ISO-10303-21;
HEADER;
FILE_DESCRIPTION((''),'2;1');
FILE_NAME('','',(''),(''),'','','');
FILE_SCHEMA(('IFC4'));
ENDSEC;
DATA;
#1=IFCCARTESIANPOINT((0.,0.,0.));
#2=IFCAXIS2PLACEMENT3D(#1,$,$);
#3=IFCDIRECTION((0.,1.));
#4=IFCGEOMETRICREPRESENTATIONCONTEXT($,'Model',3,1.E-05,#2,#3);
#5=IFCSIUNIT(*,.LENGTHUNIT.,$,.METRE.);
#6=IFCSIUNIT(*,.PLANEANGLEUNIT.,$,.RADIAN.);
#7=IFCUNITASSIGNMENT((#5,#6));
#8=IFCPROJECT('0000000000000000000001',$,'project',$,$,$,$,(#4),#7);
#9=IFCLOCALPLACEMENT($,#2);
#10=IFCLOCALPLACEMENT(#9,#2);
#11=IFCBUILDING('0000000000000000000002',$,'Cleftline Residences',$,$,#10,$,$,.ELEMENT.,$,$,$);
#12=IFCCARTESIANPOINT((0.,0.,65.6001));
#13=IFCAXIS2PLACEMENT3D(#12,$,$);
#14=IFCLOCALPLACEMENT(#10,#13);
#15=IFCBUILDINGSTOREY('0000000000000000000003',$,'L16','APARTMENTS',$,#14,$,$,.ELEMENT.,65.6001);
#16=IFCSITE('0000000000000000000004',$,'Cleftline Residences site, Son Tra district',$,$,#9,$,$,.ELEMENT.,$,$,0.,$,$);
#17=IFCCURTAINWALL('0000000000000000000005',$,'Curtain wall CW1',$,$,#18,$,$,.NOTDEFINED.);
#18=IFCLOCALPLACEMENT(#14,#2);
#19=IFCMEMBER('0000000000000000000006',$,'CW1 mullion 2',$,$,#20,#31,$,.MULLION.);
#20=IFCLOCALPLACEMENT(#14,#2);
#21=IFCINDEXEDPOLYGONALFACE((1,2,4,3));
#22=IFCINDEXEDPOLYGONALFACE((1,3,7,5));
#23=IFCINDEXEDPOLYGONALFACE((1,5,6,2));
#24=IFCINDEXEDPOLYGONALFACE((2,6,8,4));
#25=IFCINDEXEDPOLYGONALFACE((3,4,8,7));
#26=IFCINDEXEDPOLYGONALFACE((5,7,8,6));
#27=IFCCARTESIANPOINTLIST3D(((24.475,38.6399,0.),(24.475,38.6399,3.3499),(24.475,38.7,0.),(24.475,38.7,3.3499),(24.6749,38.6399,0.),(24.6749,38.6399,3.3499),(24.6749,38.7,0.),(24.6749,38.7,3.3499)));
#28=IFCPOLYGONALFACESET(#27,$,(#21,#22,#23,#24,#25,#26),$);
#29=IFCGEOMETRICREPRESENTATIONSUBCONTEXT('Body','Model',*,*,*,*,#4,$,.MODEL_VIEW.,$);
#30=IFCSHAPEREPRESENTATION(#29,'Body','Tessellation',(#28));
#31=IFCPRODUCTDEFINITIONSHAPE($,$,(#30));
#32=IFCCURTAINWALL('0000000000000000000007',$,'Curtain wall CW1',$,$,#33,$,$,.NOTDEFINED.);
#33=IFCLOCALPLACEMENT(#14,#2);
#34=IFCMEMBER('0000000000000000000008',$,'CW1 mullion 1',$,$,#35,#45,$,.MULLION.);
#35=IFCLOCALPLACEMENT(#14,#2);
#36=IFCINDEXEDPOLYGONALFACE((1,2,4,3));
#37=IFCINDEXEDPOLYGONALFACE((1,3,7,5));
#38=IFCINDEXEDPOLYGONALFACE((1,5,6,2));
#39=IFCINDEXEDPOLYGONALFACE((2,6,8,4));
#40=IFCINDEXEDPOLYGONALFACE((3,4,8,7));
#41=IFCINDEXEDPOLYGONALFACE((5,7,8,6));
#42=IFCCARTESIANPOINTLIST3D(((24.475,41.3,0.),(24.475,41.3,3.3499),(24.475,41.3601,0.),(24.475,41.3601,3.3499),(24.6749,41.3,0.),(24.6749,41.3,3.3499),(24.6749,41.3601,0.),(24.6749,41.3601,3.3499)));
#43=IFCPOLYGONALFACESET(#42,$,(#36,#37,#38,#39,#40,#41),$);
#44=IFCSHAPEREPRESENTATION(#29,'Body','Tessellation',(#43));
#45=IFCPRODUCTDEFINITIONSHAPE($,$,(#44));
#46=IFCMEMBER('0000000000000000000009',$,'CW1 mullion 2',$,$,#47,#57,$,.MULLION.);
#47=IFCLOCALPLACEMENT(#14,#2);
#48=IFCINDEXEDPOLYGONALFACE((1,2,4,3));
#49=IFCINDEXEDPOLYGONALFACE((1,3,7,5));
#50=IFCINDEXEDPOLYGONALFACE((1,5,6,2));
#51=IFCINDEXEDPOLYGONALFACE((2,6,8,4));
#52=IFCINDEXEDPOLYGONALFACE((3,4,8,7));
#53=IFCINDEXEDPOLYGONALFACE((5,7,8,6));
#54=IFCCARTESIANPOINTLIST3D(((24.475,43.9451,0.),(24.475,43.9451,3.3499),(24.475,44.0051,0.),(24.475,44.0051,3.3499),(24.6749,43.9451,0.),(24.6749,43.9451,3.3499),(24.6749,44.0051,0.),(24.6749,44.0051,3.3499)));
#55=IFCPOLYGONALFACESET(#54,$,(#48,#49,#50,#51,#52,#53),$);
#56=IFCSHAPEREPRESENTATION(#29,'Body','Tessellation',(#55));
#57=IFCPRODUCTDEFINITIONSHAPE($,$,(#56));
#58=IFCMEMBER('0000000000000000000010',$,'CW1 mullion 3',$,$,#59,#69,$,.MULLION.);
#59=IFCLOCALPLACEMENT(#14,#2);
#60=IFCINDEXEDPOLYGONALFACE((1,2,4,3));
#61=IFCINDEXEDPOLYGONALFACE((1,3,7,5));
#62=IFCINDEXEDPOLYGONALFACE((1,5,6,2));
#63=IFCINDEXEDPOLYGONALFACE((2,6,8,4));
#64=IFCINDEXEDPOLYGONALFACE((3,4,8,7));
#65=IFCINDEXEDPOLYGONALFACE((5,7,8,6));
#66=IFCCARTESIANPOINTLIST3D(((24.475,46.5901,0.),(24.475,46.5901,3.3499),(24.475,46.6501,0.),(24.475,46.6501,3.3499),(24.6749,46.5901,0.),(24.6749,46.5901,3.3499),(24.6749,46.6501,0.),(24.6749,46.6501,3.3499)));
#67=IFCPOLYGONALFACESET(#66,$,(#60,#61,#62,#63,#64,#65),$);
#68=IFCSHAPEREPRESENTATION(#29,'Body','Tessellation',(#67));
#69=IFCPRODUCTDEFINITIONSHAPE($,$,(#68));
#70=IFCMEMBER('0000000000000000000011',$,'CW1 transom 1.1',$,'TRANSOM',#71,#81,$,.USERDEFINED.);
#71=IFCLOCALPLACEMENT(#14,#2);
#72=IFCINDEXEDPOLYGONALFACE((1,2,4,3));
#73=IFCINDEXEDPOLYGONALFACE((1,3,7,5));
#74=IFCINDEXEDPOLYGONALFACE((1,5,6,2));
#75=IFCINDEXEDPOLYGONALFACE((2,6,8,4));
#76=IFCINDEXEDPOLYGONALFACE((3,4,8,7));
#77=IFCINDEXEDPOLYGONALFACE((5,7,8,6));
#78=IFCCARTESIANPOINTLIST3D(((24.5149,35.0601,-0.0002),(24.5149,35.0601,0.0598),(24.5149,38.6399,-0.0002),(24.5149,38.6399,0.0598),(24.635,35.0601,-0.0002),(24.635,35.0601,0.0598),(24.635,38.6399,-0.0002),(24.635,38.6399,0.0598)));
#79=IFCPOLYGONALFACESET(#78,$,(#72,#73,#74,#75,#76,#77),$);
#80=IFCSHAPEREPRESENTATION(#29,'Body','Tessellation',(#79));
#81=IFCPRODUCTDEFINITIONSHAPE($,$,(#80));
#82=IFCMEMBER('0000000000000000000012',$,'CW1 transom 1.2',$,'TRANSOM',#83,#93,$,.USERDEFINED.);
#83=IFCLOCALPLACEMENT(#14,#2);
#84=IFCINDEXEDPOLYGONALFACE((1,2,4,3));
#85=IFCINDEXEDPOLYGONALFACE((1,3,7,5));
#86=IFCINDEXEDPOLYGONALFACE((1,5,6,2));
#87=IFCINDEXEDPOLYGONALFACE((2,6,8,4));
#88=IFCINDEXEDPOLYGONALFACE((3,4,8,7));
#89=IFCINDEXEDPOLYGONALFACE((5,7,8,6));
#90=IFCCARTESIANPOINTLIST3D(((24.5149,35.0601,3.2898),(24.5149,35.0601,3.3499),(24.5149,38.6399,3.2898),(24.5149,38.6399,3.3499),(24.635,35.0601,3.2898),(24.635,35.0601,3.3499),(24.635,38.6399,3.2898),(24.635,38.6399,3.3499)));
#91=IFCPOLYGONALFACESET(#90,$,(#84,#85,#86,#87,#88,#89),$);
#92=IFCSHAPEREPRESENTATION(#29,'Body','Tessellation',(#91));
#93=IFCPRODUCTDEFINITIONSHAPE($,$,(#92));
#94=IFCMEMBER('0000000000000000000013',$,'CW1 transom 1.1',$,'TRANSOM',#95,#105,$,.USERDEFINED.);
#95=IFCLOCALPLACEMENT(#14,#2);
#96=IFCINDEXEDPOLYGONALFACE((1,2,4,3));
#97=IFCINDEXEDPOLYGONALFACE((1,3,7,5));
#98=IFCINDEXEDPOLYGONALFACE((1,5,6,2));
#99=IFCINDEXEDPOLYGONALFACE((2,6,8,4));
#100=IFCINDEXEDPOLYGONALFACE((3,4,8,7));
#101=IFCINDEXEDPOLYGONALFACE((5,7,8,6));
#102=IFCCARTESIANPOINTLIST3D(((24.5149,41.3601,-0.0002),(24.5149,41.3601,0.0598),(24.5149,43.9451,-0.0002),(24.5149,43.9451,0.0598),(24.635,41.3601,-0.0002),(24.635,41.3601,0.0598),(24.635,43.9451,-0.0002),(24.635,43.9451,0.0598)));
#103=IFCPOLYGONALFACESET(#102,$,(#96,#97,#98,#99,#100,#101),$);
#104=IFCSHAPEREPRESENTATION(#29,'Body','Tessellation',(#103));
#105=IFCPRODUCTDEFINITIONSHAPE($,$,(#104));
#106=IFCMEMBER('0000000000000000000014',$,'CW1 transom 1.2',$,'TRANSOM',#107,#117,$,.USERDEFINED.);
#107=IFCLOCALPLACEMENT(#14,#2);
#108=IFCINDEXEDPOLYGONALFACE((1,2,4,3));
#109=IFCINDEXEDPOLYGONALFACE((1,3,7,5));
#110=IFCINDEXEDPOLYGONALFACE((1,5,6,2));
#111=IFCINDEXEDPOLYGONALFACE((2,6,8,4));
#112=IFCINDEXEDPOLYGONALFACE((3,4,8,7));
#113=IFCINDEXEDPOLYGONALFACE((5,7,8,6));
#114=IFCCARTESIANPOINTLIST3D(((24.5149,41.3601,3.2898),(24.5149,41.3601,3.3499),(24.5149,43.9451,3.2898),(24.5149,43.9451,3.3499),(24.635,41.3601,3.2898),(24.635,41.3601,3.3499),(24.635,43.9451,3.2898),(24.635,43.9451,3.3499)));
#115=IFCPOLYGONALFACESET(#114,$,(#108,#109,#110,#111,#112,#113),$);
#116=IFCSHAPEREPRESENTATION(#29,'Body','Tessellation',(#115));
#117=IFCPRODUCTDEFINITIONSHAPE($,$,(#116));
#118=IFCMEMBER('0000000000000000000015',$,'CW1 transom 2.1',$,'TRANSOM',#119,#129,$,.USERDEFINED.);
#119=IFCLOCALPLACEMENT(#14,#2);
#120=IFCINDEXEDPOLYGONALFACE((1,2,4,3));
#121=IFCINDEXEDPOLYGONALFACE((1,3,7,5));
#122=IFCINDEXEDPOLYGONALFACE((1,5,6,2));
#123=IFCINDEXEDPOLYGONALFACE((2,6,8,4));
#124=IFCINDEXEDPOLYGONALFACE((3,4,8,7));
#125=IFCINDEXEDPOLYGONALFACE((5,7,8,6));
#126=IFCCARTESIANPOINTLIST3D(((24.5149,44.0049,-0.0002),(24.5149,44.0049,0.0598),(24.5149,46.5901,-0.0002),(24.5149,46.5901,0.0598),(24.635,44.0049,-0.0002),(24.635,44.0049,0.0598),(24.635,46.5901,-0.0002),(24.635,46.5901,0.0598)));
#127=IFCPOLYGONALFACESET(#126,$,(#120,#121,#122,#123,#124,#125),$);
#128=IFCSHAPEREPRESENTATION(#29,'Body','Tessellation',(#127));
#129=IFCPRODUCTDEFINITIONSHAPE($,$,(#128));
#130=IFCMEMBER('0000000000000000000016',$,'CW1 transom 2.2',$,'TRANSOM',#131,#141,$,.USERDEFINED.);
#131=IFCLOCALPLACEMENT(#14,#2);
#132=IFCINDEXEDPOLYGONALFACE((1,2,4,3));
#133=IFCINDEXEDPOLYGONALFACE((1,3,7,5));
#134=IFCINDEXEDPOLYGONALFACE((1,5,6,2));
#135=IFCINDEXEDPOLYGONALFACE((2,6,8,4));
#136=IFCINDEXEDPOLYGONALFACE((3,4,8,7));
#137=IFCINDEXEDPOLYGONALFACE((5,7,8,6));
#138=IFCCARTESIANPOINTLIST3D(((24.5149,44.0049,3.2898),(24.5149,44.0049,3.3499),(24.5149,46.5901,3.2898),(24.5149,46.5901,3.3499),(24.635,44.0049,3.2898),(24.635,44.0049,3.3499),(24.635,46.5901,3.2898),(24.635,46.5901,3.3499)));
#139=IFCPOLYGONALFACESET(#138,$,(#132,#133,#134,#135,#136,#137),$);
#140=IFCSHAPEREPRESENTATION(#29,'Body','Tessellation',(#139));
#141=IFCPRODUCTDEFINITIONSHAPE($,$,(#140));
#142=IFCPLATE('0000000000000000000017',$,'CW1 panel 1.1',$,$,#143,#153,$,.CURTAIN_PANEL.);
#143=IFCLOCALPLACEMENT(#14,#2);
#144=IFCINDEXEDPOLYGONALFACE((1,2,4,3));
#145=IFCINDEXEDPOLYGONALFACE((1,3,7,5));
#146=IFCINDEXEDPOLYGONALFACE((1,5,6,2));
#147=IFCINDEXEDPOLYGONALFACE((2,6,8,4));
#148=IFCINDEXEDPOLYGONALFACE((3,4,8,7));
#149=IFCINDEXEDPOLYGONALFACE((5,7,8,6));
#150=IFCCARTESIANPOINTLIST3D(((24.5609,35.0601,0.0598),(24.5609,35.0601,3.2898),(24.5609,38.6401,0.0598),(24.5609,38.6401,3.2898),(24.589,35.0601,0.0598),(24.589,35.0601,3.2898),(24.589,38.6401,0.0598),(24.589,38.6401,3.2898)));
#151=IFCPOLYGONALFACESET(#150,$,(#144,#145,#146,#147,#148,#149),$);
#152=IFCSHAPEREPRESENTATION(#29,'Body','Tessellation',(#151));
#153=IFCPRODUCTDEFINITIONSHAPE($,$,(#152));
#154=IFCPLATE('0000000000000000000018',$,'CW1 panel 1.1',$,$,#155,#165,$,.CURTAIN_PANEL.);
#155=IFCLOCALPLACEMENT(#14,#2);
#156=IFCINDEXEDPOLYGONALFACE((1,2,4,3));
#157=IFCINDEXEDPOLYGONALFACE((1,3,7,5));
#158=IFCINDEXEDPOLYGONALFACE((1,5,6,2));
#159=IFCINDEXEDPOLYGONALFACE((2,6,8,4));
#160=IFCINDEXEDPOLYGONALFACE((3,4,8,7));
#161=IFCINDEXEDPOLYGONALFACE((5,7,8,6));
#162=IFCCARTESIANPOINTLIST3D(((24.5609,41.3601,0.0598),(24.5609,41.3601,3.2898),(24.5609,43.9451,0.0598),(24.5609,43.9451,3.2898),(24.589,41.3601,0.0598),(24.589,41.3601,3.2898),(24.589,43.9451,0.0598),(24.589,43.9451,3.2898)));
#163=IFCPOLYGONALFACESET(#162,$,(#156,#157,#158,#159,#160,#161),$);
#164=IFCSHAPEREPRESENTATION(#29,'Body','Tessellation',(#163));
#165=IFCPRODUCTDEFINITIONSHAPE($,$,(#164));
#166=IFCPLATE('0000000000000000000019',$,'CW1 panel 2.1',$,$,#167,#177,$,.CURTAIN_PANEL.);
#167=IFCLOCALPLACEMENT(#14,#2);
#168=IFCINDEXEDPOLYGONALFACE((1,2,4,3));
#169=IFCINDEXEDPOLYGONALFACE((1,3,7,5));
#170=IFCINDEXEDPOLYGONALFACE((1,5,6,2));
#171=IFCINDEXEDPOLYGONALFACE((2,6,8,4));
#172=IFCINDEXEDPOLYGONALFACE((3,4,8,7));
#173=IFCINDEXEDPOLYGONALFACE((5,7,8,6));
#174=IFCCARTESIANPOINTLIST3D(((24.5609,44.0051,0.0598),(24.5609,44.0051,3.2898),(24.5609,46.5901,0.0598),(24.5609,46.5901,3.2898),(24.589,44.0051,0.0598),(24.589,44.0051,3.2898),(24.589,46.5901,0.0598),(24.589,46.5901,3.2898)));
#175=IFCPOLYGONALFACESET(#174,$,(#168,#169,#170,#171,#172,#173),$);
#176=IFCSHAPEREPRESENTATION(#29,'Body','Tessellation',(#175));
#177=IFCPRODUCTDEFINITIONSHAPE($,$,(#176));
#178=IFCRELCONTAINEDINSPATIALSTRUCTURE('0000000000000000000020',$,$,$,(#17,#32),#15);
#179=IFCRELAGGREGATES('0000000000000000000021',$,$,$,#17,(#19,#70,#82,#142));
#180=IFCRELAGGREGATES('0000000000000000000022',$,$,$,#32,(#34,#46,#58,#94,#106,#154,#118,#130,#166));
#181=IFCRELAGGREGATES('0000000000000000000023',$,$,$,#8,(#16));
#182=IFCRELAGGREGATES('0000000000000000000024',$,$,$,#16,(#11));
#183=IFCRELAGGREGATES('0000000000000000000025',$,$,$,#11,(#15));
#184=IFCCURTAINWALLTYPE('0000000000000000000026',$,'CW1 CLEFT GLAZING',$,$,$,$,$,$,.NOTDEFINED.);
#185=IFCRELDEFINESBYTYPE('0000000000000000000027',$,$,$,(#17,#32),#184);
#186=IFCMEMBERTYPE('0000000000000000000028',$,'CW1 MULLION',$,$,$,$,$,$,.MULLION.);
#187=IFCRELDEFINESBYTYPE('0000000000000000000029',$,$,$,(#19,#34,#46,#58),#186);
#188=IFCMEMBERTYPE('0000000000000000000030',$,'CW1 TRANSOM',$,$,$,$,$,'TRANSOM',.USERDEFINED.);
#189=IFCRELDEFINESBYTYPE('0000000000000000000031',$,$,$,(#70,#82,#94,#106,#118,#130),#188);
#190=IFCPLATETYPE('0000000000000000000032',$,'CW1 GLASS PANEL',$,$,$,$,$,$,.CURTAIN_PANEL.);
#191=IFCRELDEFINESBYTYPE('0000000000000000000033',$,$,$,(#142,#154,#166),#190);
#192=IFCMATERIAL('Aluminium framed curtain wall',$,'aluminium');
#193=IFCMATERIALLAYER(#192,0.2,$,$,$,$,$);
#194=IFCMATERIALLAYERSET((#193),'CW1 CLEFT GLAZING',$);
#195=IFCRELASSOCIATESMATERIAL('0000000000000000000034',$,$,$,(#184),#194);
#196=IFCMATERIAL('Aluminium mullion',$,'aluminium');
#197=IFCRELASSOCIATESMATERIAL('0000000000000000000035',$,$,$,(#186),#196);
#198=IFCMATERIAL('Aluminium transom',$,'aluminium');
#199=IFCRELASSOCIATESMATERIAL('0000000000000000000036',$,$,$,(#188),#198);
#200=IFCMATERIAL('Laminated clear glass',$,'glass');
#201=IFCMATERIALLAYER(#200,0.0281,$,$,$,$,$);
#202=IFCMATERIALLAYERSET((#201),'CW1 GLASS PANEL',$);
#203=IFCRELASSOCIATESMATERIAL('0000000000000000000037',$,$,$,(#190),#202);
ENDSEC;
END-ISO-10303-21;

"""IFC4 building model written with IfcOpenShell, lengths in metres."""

from ifc_helpers import new_model, si_unit, direction, frame, origin, origin_2d, place, context, subcontext, project, spatial, rectangle, extrude, material, layer, layer_set, material_profile, profile_set, type_object, element, aggregate, save


model = new_model("IFC4")

# Units and contexts
model_context = context("Model", 3, precision=1e-05, world=origin(), true_north=direction((0.0, 1.0)))
body_context = subcontext(model_context, "Body", "Model", "MODEL_VIEW")
ifc_project = project(units=[si_unit("LENGTHUNIT", "METRE"), si_unit("PLANEANGLEUNIT", "RADIAN")], contexts=[model_context])

# Site, building, storey
site_placement = place(None, origin())
site = spatial("IfcSite", under=ifc_project, at=site_placement, Name="Cleftline Residences site, Son Tra district", CompositionType="ELEMENT", RefElevation=0.0)
building_placement = place(site_placement, origin())
building = spatial("IfcBuilding", under=site, at=building_placement, Name="Cleftline Residences", CompositionType="ELEMENT")
storey_placement = place(building_placement, frame((0.0, 0.0, 65.6001)))
storey = spatial("IfcBuildingStorey", under=building, at=storey_placement, Name="L16", Description="APARTMENTS", CompositionType="ELEMENT", Elevation=65.6001)

# Curtain wall, member
ifc_material_1 = material(Name="Aluminium framed curtain wall", Category="aluminium")
ifc_layer_1 = layer(ifc_material_1, 0.2)
ifc_layer_set_1 = layer_set([ifc_layer_1], Name="CW1 CLEFT GLAZING")
curtain_wall_type = type_object("IfcCurtainWallType", Name="CW1 CLEFT GLAZING", PredefinedType="NOTDEFINED", material=ifc_layer_set_1)
curtain_wall_1_placement = place(storey_placement, origin())
curtain_wall_1 = element("IfcCurtainWall", 1, at=curtain_wall_1_placement, inside=storey, type_object=curtain_wall_type, Name="Curtain wall CW1", PredefinedType="NOTDEFINED")
ifc_material_2 = material(Name="Aluminium mullion", Category="aluminium")
ifc_material_profile_1 = material_profile(ifc_material_2, rectangle(XDim=0.2, YDim=0.0601, at=origin_2d()))
ifc_profile_set_1 = profile_set([ifc_material_profile_1], Name="Aluminium mullion")
member_type_1 = type_object("IfcMemberType", Name="CW1 MULLION", PredefinedType="MULLION", material=ifc_profile_set_1)
member_1_placement = place(storey_placement, frame((24.575, 38.6699, 0.0), z_axis=(0.0, 0.0, 1.0), x_axis=(-1.0, 0.0, 0.0)))
member_1 = element("IfcMember", 2, at=member_1_placement, type_object=member_type_1, Name="CW1 mullion 2", PredefinedType="MULLION", context=body_context, shape_type="SweptSolid", body=[
    extrude(rectangle(XDim=0.2, YDim=0.0601, at=origin_2d()), origin(), (0.0, 0.0, 1.0), 3.3499),
])

# Curtain wall, members
curtain_wall_2_placement = place(storey_placement, origin())
curtain_wall_2 = element("IfcCurtainWall", 3, at=curtain_wall_2_placement, inside=storey, type_object=curtain_wall_type, Name="Curtain wall CW1", PredefinedType="NOTDEFINED")
member_2_placement = place(storey_placement, frame((24.575, 41.3301, 0.0), z_axis=(0.0, 0.0, 1.0), x_axis=(-1.0, 0.0, 0.0)))
member_2 = element("IfcMember", 4, at=member_2_placement, type_object=member_type_1, Name="CW1 mullion 1", PredefinedType="MULLION", context=body_context, shape_type="SweptSolid", body=[
    extrude(rectangle(XDim=0.2, YDim=0.0601, at=origin_2d()), origin(), (0.0, 0.0, 1.0), 3.3499),
])
member_3_placement = place(storey_placement, frame((24.575, 43.9751, 0.0), z_axis=(0.0, 0.0, 1.0), x_axis=(-1.0, 0.0, 0.0)))
member_3 = element("IfcMember", 5, at=member_3_placement, type_object=member_type_1, Name="CW1 mullion 2", PredefinedType="MULLION", context=body_context, shape_type="SweptSolid", body=[
    extrude(rectangle(XDim=0.2, YDim=0.0601, at=origin_2d()), origin(), (0.0, 0.0, 1.0), 3.3499),
])
member_4_placement = place(storey_placement, frame((24.575, 46.6201, 0.0), z_axis=(0.0, 0.0, 1.0), x_axis=(-1.0, 0.0, 0.0)))
member_4 = element("IfcMember", 6, at=member_4_placement, type_object=member_type_1, Name="CW1 mullion 3", PredefinedType="MULLION", context=body_context, shape_type="SweptSolid", body=[
    extrude(rectangle(XDim=0.2, YDim=0.0601, at=origin_2d()), origin(), (0.0, 0.0, 1.0), 3.3499),
])

# Members
ifc_material_3 = material(Name="Aluminium transom", Category="aluminium")
ifc_material_profile_2 = material_profile(ifc_material_3, rectangle(XDim=0.1201, YDim=0.0601, at=origin_2d()))
ifc_profile_set_2 = profile_set([ifc_material_profile_2], Name="Aluminium transom")
member_type_2 = type_object("IfcMemberType", Name="CW1 TRANSOM", ElementType="TRANSOM", PredefinedType="USERDEFINED", material=ifc_profile_set_2)
member_5_placement = place(storey_placement, frame((24.575, 35.0601, 0.0298), z_axis=(0.0, 1.0, 0.0), x_axis=(-1.0, 0.0, 0.0)))
member_5 = element("IfcMember", 7, at=member_5_placement, type_object=member_type_2, Name="CW1 transom 1.1", ObjectType="TRANSOM", PredefinedType="USERDEFINED", context=body_context, shape_type="SweptSolid", body=[
    extrude(rectangle(XDim=0.1201, YDim=0.0601, at=origin_2d()), origin(), (0.0, 0.0, 1.0), 3.5798),
])
member_6_placement = place(storey_placement, frame((24.575, 35.0601, 3.3198), z_axis=(0.0, 1.0, 0.0), x_axis=(-1.0, 0.0, 0.0)))
member_6 = element("IfcMember", 8, at=member_6_placement, type_object=member_type_2, Name="CW1 transom 1.2", ObjectType="TRANSOM", PredefinedType="USERDEFINED", context=body_context, shape_type="SweptSolid", body=[
    extrude(rectangle(XDim=0.1201, YDim=0.0601, at=origin_2d()), origin(), (0.0, 0.0, 1.0), 3.5798),
])
member_7_placement = place(storey_placement, frame((24.575, 41.3601, 0.0298), z_axis=(0.0, 1.0, 0.0), x_axis=(-1.0, 0.0, 0.0)))
member_7 = element("IfcMember", 9, at=member_7_placement, type_object=member_type_2, Name="CW1 transom 1.1", ObjectType="TRANSOM", PredefinedType="USERDEFINED", context=body_context, shape_type="SweptSolid", body=[
    extrude(rectangle(XDim=0.1201, YDim=0.0601, at=origin_2d()), origin(), (0.0, 0.0, 1.0), 2.585),
])
member_8_placement = place(storey_placement, frame((24.575, 41.3601, 3.3198), z_axis=(0.0, 1.0, 0.0), x_axis=(-1.0, 0.0, 0.0)))
member_8 = element("IfcMember", 10, at=member_8_placement, type_object=member_type_2, Name="CW1 transom 1.2", ObjectType="TRANSOM", PredefinedType="USERDEFINED", context=body_context, shape_type="SweptSolid", body=[
    extrude(rectangle(XDim=0.1201, YDim=0.0601, at=origin_2d()), origin(), (0.0, 0.0, 1.0), 2.585),
])
member_9_placement = place(storey_placement, frame((24.575, 44.0049, 0.0298), z_axis=(0.0, 1.0, 0.0), x_axis=(-1.0, 0.0, 0.0)))
member_9 = element("IfcMember", 11, at=member_9_placement, type_object=member_type_2, Name="CW1 transom 2.1", ObjectType="TRANSOM", PredefinedType="USERDEFINED", context=body_context, shape_type="SweptSolid", body=[
    extrude(rectangle(XDim=0.1201, YDim=0.0601, at=origin_2d()), origin(), (0.0, 0.0, 1.0), 2.5852),
])
member_10_placement = place(storey_placement, frame((24.575, 44.0049, 3.3198), z_axis=(0.0, 1.0, 0.0), x_axis=(-1.0, 0.0, 0.0)))
member_10 = element("IfcMember", 12, at=member_10_placement, type_object=member_type_2, Name="CW1 transom 2.2", ObjectType="TRANSOM", PredefinedType="USERDEFINED", context=body_context, shape_type="SweptSolid", body=[
    extrude(rectangle(XDim=0.1201, YDim=0.0601, at=origin_2d()), origin(), (0.0, 0.0, 1.0), 2.5852),
])

# Plates
ifc_material_4 = material(Name="Laminated clear glass", Category="glass")
ifc_layer_2 = layer(ifc_material_4, 0.0281)
ifc_layer_set_2 = layer_set([ifc_layer_2], Name="CW1 GLASS PANEL")
plate_type = type_object("IfcPlateType", Name="CW1 GLASS PANEL", PredefinedType="CURTAIN_PANEL", material=ifc_layer_set_2)
plate_1_placement = place(storey_placement, frame((24.575, 36.8501, 0.0598), z_axis=(0.0, 0.0, 1.0), x_axis=(0.0, 1.0, 0.0)))
plate_1 = element("IfcPlate", 13, at=plate_1_placement, type_object=plate_type, Name="CW1 panel 1.1", PredefinedType="CURTAIN_PANEL", context=body_context, shape_type="SweptSolid", body=[
    extrude(rectangle(XDim=3.5801, YDim=0.0281, at=origin_2d()), origin(), (0.0, 0.0, 1.0), 3.23),
])
aggregate(curtain_wall_1, [member_1, member_5, member_6, plate_1])
plate_2_placement = place(storey_placement, frame((24.575, 42.6526, 0.0598), z_axis=(0.0, 0.0, 1.0), x_axis=(0.0, 1.0, 0.0)))
plate_2 = element("IfcPlate", 14, at=plate_2_placement, type_object=plate_type, Name="CW1 panel 1.1", PredefinedType="CURTAIN_PANEL", context=body_context, shape_type="SweptSolid", body=[
    extrude(rectangle(XDim=2.585, YDim=0.0281, at=origin_2d()), origin(), (0.0, 0.0, 1.0), 3.23),
])
plate_3_placement = place(storey_placement, frame((24.575, 45.2976, 0.0598), z_axis=(0.0, 0.0, 1.0), x_axis=(0.0, 1.0, 0.0)))
plate_3 = element("IfcPlate", 15, at=plate_3_placement, type_object=plate_type, Name="CW1 panel 2.1", PredefinedType="CURTAIN_PANEL", context=body_context, shape_type="SweptSolid", body=[
    extrude(rectangle(XDim=2.585, YDim=0.0281, at=origin_2d()), origin(), (0.0, 0.0, 1.0), 3.23),
])
aggregate(curtain_wall_2, [member_2, member_3, member_4, member_7, member_8, plate_2, member_9, member_10, plate_3])

save(model, "model.ifc")
